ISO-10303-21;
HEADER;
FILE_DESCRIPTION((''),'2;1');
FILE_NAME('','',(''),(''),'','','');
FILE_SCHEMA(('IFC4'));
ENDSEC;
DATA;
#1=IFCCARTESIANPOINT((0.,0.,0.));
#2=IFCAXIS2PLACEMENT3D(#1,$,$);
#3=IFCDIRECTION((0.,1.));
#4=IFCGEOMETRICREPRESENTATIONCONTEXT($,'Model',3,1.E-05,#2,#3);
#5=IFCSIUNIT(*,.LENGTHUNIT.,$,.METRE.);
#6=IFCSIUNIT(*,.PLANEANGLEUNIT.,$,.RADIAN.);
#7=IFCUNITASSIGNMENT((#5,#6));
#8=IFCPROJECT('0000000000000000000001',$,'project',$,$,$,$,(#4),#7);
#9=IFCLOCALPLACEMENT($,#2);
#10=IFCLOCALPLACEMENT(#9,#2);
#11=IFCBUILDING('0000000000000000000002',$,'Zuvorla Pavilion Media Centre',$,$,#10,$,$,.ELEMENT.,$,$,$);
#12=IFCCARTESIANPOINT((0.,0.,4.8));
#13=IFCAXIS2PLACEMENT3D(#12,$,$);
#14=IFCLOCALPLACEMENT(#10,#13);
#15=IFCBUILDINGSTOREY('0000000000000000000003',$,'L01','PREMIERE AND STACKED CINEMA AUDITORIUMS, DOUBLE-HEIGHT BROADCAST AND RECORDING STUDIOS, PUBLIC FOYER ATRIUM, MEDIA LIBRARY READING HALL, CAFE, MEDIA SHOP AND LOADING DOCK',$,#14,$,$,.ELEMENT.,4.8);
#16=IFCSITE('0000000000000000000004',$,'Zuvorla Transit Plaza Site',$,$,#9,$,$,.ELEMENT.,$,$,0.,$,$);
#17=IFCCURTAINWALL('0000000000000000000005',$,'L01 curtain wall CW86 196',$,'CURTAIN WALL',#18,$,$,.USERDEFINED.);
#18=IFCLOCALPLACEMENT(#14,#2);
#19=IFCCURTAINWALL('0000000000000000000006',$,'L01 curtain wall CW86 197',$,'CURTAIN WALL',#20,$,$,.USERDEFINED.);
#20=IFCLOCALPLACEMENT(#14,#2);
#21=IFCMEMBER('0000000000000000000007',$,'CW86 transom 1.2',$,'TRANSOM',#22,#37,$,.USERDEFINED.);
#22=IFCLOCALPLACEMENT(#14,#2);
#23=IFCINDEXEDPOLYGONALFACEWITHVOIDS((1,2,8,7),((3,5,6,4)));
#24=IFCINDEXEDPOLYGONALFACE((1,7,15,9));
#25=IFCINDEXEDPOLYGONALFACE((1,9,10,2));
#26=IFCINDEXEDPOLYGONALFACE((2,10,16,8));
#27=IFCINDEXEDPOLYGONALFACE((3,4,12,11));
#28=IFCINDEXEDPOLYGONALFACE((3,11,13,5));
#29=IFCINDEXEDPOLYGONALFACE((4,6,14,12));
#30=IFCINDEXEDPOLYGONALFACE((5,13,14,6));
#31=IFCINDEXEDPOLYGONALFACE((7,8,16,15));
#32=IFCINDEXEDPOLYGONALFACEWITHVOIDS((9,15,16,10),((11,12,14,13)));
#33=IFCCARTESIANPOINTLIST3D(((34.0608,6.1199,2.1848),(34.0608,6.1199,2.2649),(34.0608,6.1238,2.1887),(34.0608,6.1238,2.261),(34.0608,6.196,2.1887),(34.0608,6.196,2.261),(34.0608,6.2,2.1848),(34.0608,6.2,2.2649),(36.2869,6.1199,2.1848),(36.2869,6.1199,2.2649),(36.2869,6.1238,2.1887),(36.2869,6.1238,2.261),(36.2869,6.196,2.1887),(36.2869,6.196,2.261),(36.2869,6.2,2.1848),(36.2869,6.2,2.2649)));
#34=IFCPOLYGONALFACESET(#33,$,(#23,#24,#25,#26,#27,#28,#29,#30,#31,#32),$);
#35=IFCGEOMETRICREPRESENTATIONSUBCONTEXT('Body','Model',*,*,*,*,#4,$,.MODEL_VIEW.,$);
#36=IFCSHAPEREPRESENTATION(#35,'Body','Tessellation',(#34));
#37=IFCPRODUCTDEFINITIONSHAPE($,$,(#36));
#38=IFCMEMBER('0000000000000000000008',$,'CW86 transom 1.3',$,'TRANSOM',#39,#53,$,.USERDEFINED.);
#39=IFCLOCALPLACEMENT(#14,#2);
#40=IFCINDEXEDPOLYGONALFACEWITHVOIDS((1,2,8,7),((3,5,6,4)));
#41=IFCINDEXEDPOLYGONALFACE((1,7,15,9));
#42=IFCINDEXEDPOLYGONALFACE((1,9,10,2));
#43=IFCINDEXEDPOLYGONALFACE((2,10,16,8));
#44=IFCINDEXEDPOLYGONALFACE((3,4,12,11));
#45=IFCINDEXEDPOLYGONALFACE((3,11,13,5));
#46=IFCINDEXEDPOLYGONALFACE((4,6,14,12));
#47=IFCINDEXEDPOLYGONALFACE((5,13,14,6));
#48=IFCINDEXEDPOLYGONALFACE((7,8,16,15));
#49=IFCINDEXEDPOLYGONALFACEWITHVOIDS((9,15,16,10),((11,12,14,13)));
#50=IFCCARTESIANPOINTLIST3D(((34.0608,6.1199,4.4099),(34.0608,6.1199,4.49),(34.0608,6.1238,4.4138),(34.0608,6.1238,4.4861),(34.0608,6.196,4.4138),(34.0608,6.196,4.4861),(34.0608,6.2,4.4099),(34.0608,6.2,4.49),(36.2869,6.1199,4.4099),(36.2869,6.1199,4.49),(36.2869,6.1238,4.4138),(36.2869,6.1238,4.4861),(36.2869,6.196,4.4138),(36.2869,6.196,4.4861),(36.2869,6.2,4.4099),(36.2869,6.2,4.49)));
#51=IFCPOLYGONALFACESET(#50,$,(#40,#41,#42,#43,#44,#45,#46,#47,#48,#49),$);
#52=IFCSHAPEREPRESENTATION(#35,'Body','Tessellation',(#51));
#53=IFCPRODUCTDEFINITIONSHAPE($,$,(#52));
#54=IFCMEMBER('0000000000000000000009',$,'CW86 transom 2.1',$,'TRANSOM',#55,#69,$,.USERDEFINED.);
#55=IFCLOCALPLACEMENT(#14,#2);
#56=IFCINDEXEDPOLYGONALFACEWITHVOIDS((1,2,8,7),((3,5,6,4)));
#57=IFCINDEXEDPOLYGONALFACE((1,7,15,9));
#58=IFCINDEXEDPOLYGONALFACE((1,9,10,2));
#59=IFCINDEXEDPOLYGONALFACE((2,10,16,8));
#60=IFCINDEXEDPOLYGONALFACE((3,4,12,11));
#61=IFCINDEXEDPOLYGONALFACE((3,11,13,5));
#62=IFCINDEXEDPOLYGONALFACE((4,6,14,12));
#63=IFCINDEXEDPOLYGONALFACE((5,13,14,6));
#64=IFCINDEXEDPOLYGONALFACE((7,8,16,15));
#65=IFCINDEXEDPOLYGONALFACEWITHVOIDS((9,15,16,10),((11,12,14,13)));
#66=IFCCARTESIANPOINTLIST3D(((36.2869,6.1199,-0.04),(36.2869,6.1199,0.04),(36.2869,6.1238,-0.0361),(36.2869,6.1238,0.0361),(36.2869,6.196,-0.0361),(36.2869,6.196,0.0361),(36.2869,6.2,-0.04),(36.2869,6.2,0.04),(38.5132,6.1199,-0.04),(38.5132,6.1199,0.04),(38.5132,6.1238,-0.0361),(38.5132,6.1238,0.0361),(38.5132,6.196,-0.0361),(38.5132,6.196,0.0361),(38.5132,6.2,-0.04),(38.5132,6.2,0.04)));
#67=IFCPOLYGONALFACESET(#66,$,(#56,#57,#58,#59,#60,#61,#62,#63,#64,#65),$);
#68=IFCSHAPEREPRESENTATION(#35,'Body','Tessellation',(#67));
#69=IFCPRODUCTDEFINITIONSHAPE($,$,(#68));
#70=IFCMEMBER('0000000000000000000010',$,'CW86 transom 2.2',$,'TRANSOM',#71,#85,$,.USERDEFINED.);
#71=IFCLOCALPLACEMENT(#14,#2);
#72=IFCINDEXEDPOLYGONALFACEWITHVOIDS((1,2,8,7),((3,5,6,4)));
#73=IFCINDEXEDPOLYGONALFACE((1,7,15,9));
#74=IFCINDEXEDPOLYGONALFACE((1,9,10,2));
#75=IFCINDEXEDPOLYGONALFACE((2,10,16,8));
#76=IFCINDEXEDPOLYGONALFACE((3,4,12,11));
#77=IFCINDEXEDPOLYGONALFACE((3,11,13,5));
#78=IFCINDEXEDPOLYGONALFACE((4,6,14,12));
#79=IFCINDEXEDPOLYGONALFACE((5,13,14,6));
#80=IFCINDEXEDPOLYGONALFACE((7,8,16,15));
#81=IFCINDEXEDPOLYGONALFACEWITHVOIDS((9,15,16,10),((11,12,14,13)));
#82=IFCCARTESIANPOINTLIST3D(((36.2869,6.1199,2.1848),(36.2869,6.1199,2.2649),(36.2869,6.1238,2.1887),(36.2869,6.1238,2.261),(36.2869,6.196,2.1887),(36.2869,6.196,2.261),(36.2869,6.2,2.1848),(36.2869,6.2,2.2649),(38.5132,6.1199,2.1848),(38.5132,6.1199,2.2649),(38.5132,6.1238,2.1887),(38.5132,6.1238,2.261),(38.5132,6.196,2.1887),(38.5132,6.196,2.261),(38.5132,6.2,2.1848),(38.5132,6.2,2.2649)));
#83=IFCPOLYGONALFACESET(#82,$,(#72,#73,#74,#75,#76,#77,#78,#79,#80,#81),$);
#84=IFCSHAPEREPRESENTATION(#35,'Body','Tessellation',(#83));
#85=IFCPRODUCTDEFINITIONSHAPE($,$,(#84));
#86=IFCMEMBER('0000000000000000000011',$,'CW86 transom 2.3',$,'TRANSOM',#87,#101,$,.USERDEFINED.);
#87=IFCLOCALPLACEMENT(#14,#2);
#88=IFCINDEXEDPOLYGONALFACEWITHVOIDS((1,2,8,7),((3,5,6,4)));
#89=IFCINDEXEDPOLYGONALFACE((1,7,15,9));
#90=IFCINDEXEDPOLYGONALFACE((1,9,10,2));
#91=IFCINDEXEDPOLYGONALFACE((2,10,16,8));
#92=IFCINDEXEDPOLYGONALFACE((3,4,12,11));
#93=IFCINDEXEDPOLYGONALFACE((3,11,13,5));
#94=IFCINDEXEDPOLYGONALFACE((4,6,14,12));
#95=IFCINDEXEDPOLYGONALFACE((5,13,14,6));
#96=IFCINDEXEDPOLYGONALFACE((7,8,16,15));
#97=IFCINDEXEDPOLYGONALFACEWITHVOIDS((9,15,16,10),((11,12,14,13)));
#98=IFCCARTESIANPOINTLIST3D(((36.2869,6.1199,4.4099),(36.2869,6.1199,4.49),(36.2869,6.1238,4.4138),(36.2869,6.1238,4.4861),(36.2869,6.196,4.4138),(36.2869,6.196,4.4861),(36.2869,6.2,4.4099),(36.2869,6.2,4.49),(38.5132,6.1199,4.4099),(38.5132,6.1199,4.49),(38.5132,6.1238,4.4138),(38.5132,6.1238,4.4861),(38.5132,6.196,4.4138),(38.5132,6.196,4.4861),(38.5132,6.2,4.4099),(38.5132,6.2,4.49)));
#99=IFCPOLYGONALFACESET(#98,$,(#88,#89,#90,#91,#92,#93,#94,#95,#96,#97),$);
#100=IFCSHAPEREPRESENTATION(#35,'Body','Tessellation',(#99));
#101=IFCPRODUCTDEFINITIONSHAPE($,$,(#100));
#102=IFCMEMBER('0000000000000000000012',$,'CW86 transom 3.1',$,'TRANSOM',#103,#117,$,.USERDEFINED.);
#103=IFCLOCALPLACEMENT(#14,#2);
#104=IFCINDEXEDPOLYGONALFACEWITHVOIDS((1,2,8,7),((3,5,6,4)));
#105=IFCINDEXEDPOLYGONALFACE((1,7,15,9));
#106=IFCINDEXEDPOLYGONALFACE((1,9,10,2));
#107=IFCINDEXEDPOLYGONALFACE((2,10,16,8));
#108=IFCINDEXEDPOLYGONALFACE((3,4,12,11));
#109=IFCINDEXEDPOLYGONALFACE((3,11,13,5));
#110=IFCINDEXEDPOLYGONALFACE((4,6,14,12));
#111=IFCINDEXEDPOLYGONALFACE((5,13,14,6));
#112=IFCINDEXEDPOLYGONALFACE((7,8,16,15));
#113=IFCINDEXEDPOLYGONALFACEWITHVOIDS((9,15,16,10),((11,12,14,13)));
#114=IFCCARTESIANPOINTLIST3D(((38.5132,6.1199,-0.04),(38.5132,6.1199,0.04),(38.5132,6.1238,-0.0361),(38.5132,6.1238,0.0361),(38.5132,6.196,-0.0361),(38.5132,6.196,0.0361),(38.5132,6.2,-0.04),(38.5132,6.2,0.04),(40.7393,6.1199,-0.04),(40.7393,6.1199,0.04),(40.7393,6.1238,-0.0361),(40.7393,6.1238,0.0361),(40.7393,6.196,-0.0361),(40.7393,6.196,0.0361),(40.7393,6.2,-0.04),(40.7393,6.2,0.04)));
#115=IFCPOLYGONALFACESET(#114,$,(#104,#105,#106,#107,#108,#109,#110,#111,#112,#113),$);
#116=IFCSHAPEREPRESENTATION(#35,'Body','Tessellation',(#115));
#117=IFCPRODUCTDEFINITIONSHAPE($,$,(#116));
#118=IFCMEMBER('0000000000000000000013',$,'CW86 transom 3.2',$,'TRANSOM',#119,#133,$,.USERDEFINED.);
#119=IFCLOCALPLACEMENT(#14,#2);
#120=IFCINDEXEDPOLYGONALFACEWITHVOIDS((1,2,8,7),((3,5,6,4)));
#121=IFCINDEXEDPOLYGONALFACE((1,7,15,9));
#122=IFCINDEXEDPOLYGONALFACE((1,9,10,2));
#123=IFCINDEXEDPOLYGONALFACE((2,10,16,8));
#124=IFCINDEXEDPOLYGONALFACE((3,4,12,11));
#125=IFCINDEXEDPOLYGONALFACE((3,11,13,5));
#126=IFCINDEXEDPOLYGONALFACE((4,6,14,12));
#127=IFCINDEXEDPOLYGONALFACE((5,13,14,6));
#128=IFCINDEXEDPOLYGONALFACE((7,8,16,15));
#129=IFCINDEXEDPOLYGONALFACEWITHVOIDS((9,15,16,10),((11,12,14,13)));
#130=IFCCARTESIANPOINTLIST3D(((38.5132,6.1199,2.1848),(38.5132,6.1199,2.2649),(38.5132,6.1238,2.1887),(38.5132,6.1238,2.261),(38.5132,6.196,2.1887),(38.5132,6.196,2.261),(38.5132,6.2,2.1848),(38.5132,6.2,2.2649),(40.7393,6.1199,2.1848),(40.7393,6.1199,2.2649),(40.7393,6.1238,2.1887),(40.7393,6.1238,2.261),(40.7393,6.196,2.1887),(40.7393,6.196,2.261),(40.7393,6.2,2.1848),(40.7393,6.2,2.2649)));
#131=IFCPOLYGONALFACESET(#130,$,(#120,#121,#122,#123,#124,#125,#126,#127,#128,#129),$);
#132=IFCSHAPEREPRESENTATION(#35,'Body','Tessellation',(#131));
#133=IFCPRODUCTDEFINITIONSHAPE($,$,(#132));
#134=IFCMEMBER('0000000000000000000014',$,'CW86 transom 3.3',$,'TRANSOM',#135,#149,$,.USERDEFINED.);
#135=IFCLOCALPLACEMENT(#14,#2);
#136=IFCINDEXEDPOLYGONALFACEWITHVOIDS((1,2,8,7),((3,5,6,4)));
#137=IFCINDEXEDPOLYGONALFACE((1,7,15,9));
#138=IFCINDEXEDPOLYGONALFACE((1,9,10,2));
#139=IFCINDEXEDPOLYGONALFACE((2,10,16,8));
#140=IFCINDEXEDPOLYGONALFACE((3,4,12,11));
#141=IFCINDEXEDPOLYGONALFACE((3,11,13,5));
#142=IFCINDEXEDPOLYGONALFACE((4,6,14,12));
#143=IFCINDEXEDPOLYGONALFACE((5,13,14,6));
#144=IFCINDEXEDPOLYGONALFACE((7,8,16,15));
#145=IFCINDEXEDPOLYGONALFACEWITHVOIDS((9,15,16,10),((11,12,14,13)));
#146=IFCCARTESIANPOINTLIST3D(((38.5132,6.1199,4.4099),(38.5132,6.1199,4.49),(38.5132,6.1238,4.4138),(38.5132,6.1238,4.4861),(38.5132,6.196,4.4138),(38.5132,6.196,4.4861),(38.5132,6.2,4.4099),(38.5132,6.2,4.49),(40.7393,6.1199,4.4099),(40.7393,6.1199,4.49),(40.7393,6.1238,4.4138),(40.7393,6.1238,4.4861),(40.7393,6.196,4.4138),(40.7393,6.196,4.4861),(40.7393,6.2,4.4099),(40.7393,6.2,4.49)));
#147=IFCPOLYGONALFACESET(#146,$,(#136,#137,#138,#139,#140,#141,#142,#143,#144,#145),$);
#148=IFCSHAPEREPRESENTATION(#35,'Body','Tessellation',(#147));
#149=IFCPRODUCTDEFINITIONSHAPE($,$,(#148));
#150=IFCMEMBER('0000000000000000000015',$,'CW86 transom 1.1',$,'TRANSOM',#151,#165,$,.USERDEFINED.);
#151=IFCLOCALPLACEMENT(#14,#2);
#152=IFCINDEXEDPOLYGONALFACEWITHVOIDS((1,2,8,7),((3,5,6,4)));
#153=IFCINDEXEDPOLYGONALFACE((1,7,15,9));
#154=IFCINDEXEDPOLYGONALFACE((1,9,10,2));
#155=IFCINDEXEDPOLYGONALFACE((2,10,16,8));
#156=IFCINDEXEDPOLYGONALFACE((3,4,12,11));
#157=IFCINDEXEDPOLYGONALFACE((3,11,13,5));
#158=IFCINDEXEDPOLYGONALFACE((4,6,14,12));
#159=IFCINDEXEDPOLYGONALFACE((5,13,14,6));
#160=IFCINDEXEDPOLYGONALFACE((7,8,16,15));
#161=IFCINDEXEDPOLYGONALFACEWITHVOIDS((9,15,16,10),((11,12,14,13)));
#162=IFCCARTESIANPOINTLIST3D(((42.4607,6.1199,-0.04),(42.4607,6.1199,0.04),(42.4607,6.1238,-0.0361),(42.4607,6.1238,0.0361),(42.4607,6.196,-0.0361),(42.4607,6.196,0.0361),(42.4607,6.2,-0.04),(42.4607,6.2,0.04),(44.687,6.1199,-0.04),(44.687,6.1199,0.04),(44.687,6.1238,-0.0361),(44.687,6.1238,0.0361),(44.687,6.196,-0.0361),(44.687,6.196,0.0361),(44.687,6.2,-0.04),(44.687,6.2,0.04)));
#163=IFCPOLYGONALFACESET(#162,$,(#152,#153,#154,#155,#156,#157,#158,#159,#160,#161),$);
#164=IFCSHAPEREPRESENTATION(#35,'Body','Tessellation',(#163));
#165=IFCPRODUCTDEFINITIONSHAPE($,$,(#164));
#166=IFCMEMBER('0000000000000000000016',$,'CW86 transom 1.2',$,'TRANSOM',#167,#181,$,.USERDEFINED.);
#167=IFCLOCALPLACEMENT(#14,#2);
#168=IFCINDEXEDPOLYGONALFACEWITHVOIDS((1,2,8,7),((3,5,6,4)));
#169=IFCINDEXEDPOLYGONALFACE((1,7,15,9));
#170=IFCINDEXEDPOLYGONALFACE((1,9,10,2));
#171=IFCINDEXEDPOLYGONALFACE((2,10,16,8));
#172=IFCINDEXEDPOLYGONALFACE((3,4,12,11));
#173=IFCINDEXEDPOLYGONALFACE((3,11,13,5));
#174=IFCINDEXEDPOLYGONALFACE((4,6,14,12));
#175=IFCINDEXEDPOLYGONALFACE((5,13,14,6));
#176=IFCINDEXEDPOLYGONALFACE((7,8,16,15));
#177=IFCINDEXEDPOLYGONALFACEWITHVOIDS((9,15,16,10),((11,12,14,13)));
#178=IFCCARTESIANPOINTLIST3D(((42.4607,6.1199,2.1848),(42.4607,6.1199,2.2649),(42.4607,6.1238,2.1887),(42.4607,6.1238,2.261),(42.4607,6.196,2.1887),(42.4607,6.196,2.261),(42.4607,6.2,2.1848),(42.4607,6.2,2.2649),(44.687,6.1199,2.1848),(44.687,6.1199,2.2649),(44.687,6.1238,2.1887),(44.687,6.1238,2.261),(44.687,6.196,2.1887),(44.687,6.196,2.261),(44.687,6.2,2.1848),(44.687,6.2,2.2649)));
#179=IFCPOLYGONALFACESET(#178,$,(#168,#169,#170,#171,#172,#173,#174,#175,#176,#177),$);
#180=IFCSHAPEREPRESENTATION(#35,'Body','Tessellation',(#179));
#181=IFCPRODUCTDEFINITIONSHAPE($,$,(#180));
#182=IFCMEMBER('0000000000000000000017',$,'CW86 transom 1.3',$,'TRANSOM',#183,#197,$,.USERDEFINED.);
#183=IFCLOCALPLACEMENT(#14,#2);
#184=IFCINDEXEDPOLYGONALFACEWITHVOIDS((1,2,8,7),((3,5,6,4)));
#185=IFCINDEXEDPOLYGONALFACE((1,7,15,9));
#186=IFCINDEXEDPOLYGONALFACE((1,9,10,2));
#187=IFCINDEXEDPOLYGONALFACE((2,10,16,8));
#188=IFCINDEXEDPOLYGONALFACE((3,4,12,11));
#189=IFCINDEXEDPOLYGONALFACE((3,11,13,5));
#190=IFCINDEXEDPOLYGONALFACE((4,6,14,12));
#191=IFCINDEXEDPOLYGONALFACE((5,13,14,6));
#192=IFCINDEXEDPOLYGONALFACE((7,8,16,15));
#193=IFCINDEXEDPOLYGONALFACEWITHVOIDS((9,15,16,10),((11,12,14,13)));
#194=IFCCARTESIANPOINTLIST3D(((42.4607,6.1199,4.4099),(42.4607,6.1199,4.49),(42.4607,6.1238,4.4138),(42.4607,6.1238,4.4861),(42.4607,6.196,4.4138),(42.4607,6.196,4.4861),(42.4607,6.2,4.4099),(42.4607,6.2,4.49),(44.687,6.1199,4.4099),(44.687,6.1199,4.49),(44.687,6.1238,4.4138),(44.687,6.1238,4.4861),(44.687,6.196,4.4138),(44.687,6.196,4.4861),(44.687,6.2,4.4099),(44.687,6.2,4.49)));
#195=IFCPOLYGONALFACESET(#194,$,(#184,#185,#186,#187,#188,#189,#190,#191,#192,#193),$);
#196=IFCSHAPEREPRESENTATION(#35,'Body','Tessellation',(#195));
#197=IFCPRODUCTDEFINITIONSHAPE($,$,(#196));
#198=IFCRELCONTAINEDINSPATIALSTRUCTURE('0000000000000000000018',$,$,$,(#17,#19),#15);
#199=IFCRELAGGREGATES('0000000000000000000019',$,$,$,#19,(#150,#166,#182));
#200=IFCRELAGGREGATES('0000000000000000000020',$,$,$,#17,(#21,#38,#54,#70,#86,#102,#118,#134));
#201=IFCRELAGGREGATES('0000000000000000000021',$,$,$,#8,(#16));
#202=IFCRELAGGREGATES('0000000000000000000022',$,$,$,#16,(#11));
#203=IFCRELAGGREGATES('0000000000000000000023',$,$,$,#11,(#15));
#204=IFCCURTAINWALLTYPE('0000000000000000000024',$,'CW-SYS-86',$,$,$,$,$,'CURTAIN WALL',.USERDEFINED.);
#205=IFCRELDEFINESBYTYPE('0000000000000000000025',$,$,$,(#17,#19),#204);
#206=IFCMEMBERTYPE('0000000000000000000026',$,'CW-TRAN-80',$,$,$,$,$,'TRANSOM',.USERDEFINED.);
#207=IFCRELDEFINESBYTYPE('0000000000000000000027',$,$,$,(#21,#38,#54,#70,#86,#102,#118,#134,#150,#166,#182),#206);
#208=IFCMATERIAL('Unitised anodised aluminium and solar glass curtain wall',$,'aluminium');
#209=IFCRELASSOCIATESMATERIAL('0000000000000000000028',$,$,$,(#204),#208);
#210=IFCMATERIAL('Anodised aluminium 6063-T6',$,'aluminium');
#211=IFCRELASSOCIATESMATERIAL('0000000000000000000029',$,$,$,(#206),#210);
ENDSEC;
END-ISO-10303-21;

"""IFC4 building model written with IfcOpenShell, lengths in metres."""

from ifc_helpers import new_model, si_unit, direction, frame, origin, origin_2d, place, context, subcontext, project, spatial, hollow_rectangle, extrude, material, material_profile, profile_set, type_object, element, aggregate, save


model = new_model("IFC4")

# Units and contexts
model_context = context("Model", 3, precision=1e-05, world=origin(), true_north=direction((0.0, 1.0)))
body_context = subcontext(model_context, "Body", "Model", "MODEL_VIEW")
ifc_project = project(units=[si_unit("LENGTHUNIT", "METRE"), si_unit("PLANEANGLEUNIT", "RADIAN")], contexts=[model_context])

# Site, building, storey
site_placement = place(None, origin())
site = spatial("IfcSite", under=ifc_project, at=site_placement, Name="Zuvorla Transit Plaza Site", CompositionType="ELEMENT", RefElevation=0.0)
building_placement = place(site_placement, origin())
building = spatial("IfcBuilding", under=site, at=building_placement, Name="Zuvorla Pavilion Media Centre", CompositionType="ELEMENT")
storey_placement = place(building_placement, frame((0.0, 0.0, 4.8)))
storey = spatial("IfcBuildingStorey", under=building, at=storey_placement, Name="L01", Description="PREMIERE AND STACKED CINEMA AUDITORIUMS, DOUBLE-HEIGHT BROADCAST AND RECORDING STUDIOS, PUBLIC FOYER ATRIUM, MEDIA LIBRARY READING HALL, CAFE, MEDIA SHOP AND LOADING DOCK", CompositionType="ELEMENT", Elevation=4.8)

# Curtain wall
ifc_material_1 = material(Name="Unitised anodised aluminium and solar glass curtain wall", Category="aluminium")
curtain_wall_type = type_object("IfcCurtainWallType", Name="CW-SYS-86", ElementType="CURTAIN WALL", PredefinedType="USERDEFINED", material=ifc_material_1)
curtain_wall_1_placement = place(storey_placement, origin())
curtain_wall_1 = element("IfcCurtainWall", 1, at=curtain_wall_1_placement, inside=storey, type_object=curtain_wall_type, Name="L01 curtain wall CW86 196", ObjectType="CURTAIN WALL", PredefinedType="USERDEFINED")
ifc_material_2 = material(Name="Anodised aluminium 6063-T6", Category="aluminium")

# Curtain wall
curtain_wall_2_placement = place(storey_placement, origin())
curtain_wall_2 = element("IfcCurtainWall", 2, at=curtain_wall_2_placement, inside=storey, type_object=curtain_wall_type, Name="L01 curtain wall CW86 197", ObjectType="CURTAIN WALL", PredefinedType="USERDEFINED")

# Members
ifc_material_profile_1 = material_profile(ifc_material_2, hollow_rectangle(XDim=0.0801, YDim=0.0801, WallThickness=0.0039, at=origin_2d()), Name="ALU TRAN 80x80")
ifc_profile_set_1 = profile_set([ifc_material_profile_1], Name="Anodised aluminium 6063-T6")
member_type_1 = type_object("IfcMemberType", Name="CW-TRAN-80", ElementType="TRANSOM", PredefinedType="USERDEFINED", material=ifc_profile_set_1)
member_1_placement = place(storey_placement, frame((34.0608, 6.1599, 2.2249), z_axis=(1.0, 0.0, 0.0), x_axis=(0.0, 1.0, 0.0)))
member_1 = element("IfcMember", 3, at=member_1_placement, type_object=member_type_1, Name="CW86 transom 1.2", ObjectType="TRANSOM", PredefinedType="USERDEFINED", context=body_context, shape_type="SweptSolid", body=[
    extrude(hollow_rectangle(XDim=0.0801, YDim=0.0801, WallThickness=0.0039, at=origin_2d()), origin(), (0.0, 0.0, 1.0), 2.2261),
])
member_2_placement = place(storey_placement, frame((34.0608, 6.1599, 4.45), z_axis=(1.0, 0.0, 0.0), x_axis=(0.0, 1.0, 0.0)))
member_2 = element("IfcMember", 4, at=member_2_placement, type_object=member_type_1, Name="CW86 transom 1.3", ObjectType="TRANSOM", PredefinedType="USERDEFINED", context=body_context, shape_type="SweptSolid", body=[
    extrude(hollow_rectangle(XDim=0.0801, YDim=0.0801, WallThickness=0.0039, at=origin_2d()), origin(), (0.0, 0.0, 1.0), 2.2261),
])
member_3_placement = place(storey_placement, frame((36.2869, 6.1599, 0.0), z_axis=(1.0, 0.0, 0.0), x_axis=(0.0, 1.0, 0.0)))
member_3 = element("IfcMember", 5, at=member_3_placement, type_object=member_type_1, Name="CW86 transom 2.1", ObjectType="TRANSOM", PredefinedType="USERDEFINED", context=body_context, shape_type="SweptSolid", body=[
    extrude(hollow_rectangle(XDim=0.0801, YDim=0.0801, WallThickness=0.0039, at=origin_2d()), origin(), (0.0, 0.0, 1.0), 2.2263),
])
member_4_placement = place(storey_placement, frame((36.2869, 6.1599, 2.2249), z_axis=(1.0, 0.0, 0.0), x_axis=(0.0, 1.0, 0.0)))
member_4 = element("IfcMember", 6, at=member_4_placement, type_object=member_type_1, Name="CW86 transom 2.2", ObjectType="TRANSOM", PredefinedType="USERDEFINED", context=body_context, shape_type="SweptSolid", body=[
    extrude(hollow_rectangle(XDim=0.0801, YDim=0.0801, WallThickness=0.0039, at=origin_2d()), origin(), (0.0, 0.0, 1.0), 2.2263),
])
member_5_placement = place(storey_placement, frame((36.2869, 6.1599, 4.45), z_axis=(1.0, 0.0, 0.0), x_axis=(0.0, 1.0, 0.0)))
member_5 = element("IfcMember", 7, at=member_5_placement, type_object=member_type_1, Name="CW86 transom 2.3", ObjectType="TRANSOM", PredefinedType="USERDEFINED", context=body_context, shape_type="SweptSolid", body=[
    extrude(hollow_rectangle(XDim=0.0801, YDim=0.0801, WallThickness=0.0039, at=origin_2d()), origin(), (0.0, 0.0, 1.0), 2.2263),
])
member_6_placement = place(storey_placement, frame((38.5132, 6.1599, 0.0), z_axis=(1.0, 0.0, 0.0), x_axis=(0.0, 1.0, 0.0)))
member_6 = element("IfcMember", 8, at=member_6_placement, type_object=member_type_1, Name="CW86 transom 3.1", ObjectType="TRANSOM", PredefinedType="USERDEFINED", context=body_context, shape_type="SweptSolid", body=[
    extrude(hollow_rectangle(XDim=0.0801, YDim=0.0801, WallThickness=0.0039, at=origin_2d()), origin(), (0.0, 0.0, 1.0), 2.2261),
])
member_7_placement = place(storey_placement, frame((38.5132, 6.1599, 2.2249), z_axis=(1.0, 0.0, 0.0), x_axis=(0.0, 1.0, 0.0)))
member_7 = element("IfcMember", 9, at=member_7_placement, type_object=member_type_1, Name="CW86 transom 3.2", ObjectType="TRANSOM", PredefinedType="USERDEFINED", context=body_context, shape_type="SweptSolid", body=[
    extrude(hollow_rectangle(XDim=0.0801, YDim=0.0801, WallThickness=0.0039, at=origin_2d()), origin(), (0.0, 0.0, 1.0), 2.2261),
])
member_8_placement = place(storey_placement, frame((38.5132, 6.1599, 4.45), z_axis=(1.0, 0.0, 0.0), x_axis=(0.0, 1.0, 0.0)))
member_8 = element("IfcMember", 10, at=member_8_placement, type_object=member_type_1, Name="CW86 transom 3.3", ObjectType="TRANSOM", PredefinedType="USERDEFINED", context=body_context, shape_type="SweptSolid", body=[
    extrude(hollow_rectangle(XDim=0.0801, YDim=0.0801, WallThickness=0.0039, at=origin_2d()), origin(), (0.0, 0.0, 1.0), 2.2261),
])
member_9_placement = place(storey_placement, frame((42.4607, 6.1599, 0.0), z_axis=(1.0, 0.0, 0.0), x_axis=(0.0, 1.0, 0.0)))
member_9 = element("IfcMember", 11, at=member_9_placement, type_object=member_type_1, Name="CW86 transom 1.1", ObjectType="TRANSOM", PredefinedType="USERDEFINED", context=body_context, shape_type="SweptSolid", body=[
    extrude(hollow_rectangle(XDim=0.0801, YDim=0.0801, WallThickness=0.0039, at=origin_2d()), origin(), (0.0, 0.0, 1.0), 2.2263),
])
member_10_placement = place(storey_placement, frame((42.4607, 6.1599, 2.2249), z_axis=(1.0, 0.0, 0.0), x_axis=(0.0, 1.0, 0.0)))
member_10 = element("IfcMember", 12, at=member_10_placement, type_object=member_type_1, Name="CW86 transom 1.2", ObjectType="TRANSOM", PredefinedType="USERDEFINED", context=body_context, shape_type="SweptSolid", body=[
    extrude(hollow_rectangle(XDim=0.0801, YDim=0.0801, WallThickness=0.0039, at=origin_2d()), origin(), (0.0, 0.0, 1.0), 2.2263),
])
member_11_placement = place(storey_placement, frame((42.4607, 6.1599, 4.45), z_axis=(1.0, 0.0, 0.0), x_axis=(0.0, 1.0, 0.0)))
member_11 = element("IfcMember", 13, at=member_11_placement, type_object=member_type_1, Name="CW86 transom 1.3", ObjectType="TRANSOM", PredefinedType="USERDEFINED", context=body_context, shape_type="SweptSolid", body=[
    extrude(hollow_rectangle(XDim=0.0801, YDim=0.0801, WallThickness=0.0039, at=origin_2d()), origin(), (0.0, 0.0, 1.0), 2.2263),
])
aggregate(curtain_wall_2, [member_9, member_10, member_11])

aggregate(curtain_wall_1, [member_1, member_2, member_3, member_4, member_5, member_6, member_7, member_8])

save(model, "model.ifc")
